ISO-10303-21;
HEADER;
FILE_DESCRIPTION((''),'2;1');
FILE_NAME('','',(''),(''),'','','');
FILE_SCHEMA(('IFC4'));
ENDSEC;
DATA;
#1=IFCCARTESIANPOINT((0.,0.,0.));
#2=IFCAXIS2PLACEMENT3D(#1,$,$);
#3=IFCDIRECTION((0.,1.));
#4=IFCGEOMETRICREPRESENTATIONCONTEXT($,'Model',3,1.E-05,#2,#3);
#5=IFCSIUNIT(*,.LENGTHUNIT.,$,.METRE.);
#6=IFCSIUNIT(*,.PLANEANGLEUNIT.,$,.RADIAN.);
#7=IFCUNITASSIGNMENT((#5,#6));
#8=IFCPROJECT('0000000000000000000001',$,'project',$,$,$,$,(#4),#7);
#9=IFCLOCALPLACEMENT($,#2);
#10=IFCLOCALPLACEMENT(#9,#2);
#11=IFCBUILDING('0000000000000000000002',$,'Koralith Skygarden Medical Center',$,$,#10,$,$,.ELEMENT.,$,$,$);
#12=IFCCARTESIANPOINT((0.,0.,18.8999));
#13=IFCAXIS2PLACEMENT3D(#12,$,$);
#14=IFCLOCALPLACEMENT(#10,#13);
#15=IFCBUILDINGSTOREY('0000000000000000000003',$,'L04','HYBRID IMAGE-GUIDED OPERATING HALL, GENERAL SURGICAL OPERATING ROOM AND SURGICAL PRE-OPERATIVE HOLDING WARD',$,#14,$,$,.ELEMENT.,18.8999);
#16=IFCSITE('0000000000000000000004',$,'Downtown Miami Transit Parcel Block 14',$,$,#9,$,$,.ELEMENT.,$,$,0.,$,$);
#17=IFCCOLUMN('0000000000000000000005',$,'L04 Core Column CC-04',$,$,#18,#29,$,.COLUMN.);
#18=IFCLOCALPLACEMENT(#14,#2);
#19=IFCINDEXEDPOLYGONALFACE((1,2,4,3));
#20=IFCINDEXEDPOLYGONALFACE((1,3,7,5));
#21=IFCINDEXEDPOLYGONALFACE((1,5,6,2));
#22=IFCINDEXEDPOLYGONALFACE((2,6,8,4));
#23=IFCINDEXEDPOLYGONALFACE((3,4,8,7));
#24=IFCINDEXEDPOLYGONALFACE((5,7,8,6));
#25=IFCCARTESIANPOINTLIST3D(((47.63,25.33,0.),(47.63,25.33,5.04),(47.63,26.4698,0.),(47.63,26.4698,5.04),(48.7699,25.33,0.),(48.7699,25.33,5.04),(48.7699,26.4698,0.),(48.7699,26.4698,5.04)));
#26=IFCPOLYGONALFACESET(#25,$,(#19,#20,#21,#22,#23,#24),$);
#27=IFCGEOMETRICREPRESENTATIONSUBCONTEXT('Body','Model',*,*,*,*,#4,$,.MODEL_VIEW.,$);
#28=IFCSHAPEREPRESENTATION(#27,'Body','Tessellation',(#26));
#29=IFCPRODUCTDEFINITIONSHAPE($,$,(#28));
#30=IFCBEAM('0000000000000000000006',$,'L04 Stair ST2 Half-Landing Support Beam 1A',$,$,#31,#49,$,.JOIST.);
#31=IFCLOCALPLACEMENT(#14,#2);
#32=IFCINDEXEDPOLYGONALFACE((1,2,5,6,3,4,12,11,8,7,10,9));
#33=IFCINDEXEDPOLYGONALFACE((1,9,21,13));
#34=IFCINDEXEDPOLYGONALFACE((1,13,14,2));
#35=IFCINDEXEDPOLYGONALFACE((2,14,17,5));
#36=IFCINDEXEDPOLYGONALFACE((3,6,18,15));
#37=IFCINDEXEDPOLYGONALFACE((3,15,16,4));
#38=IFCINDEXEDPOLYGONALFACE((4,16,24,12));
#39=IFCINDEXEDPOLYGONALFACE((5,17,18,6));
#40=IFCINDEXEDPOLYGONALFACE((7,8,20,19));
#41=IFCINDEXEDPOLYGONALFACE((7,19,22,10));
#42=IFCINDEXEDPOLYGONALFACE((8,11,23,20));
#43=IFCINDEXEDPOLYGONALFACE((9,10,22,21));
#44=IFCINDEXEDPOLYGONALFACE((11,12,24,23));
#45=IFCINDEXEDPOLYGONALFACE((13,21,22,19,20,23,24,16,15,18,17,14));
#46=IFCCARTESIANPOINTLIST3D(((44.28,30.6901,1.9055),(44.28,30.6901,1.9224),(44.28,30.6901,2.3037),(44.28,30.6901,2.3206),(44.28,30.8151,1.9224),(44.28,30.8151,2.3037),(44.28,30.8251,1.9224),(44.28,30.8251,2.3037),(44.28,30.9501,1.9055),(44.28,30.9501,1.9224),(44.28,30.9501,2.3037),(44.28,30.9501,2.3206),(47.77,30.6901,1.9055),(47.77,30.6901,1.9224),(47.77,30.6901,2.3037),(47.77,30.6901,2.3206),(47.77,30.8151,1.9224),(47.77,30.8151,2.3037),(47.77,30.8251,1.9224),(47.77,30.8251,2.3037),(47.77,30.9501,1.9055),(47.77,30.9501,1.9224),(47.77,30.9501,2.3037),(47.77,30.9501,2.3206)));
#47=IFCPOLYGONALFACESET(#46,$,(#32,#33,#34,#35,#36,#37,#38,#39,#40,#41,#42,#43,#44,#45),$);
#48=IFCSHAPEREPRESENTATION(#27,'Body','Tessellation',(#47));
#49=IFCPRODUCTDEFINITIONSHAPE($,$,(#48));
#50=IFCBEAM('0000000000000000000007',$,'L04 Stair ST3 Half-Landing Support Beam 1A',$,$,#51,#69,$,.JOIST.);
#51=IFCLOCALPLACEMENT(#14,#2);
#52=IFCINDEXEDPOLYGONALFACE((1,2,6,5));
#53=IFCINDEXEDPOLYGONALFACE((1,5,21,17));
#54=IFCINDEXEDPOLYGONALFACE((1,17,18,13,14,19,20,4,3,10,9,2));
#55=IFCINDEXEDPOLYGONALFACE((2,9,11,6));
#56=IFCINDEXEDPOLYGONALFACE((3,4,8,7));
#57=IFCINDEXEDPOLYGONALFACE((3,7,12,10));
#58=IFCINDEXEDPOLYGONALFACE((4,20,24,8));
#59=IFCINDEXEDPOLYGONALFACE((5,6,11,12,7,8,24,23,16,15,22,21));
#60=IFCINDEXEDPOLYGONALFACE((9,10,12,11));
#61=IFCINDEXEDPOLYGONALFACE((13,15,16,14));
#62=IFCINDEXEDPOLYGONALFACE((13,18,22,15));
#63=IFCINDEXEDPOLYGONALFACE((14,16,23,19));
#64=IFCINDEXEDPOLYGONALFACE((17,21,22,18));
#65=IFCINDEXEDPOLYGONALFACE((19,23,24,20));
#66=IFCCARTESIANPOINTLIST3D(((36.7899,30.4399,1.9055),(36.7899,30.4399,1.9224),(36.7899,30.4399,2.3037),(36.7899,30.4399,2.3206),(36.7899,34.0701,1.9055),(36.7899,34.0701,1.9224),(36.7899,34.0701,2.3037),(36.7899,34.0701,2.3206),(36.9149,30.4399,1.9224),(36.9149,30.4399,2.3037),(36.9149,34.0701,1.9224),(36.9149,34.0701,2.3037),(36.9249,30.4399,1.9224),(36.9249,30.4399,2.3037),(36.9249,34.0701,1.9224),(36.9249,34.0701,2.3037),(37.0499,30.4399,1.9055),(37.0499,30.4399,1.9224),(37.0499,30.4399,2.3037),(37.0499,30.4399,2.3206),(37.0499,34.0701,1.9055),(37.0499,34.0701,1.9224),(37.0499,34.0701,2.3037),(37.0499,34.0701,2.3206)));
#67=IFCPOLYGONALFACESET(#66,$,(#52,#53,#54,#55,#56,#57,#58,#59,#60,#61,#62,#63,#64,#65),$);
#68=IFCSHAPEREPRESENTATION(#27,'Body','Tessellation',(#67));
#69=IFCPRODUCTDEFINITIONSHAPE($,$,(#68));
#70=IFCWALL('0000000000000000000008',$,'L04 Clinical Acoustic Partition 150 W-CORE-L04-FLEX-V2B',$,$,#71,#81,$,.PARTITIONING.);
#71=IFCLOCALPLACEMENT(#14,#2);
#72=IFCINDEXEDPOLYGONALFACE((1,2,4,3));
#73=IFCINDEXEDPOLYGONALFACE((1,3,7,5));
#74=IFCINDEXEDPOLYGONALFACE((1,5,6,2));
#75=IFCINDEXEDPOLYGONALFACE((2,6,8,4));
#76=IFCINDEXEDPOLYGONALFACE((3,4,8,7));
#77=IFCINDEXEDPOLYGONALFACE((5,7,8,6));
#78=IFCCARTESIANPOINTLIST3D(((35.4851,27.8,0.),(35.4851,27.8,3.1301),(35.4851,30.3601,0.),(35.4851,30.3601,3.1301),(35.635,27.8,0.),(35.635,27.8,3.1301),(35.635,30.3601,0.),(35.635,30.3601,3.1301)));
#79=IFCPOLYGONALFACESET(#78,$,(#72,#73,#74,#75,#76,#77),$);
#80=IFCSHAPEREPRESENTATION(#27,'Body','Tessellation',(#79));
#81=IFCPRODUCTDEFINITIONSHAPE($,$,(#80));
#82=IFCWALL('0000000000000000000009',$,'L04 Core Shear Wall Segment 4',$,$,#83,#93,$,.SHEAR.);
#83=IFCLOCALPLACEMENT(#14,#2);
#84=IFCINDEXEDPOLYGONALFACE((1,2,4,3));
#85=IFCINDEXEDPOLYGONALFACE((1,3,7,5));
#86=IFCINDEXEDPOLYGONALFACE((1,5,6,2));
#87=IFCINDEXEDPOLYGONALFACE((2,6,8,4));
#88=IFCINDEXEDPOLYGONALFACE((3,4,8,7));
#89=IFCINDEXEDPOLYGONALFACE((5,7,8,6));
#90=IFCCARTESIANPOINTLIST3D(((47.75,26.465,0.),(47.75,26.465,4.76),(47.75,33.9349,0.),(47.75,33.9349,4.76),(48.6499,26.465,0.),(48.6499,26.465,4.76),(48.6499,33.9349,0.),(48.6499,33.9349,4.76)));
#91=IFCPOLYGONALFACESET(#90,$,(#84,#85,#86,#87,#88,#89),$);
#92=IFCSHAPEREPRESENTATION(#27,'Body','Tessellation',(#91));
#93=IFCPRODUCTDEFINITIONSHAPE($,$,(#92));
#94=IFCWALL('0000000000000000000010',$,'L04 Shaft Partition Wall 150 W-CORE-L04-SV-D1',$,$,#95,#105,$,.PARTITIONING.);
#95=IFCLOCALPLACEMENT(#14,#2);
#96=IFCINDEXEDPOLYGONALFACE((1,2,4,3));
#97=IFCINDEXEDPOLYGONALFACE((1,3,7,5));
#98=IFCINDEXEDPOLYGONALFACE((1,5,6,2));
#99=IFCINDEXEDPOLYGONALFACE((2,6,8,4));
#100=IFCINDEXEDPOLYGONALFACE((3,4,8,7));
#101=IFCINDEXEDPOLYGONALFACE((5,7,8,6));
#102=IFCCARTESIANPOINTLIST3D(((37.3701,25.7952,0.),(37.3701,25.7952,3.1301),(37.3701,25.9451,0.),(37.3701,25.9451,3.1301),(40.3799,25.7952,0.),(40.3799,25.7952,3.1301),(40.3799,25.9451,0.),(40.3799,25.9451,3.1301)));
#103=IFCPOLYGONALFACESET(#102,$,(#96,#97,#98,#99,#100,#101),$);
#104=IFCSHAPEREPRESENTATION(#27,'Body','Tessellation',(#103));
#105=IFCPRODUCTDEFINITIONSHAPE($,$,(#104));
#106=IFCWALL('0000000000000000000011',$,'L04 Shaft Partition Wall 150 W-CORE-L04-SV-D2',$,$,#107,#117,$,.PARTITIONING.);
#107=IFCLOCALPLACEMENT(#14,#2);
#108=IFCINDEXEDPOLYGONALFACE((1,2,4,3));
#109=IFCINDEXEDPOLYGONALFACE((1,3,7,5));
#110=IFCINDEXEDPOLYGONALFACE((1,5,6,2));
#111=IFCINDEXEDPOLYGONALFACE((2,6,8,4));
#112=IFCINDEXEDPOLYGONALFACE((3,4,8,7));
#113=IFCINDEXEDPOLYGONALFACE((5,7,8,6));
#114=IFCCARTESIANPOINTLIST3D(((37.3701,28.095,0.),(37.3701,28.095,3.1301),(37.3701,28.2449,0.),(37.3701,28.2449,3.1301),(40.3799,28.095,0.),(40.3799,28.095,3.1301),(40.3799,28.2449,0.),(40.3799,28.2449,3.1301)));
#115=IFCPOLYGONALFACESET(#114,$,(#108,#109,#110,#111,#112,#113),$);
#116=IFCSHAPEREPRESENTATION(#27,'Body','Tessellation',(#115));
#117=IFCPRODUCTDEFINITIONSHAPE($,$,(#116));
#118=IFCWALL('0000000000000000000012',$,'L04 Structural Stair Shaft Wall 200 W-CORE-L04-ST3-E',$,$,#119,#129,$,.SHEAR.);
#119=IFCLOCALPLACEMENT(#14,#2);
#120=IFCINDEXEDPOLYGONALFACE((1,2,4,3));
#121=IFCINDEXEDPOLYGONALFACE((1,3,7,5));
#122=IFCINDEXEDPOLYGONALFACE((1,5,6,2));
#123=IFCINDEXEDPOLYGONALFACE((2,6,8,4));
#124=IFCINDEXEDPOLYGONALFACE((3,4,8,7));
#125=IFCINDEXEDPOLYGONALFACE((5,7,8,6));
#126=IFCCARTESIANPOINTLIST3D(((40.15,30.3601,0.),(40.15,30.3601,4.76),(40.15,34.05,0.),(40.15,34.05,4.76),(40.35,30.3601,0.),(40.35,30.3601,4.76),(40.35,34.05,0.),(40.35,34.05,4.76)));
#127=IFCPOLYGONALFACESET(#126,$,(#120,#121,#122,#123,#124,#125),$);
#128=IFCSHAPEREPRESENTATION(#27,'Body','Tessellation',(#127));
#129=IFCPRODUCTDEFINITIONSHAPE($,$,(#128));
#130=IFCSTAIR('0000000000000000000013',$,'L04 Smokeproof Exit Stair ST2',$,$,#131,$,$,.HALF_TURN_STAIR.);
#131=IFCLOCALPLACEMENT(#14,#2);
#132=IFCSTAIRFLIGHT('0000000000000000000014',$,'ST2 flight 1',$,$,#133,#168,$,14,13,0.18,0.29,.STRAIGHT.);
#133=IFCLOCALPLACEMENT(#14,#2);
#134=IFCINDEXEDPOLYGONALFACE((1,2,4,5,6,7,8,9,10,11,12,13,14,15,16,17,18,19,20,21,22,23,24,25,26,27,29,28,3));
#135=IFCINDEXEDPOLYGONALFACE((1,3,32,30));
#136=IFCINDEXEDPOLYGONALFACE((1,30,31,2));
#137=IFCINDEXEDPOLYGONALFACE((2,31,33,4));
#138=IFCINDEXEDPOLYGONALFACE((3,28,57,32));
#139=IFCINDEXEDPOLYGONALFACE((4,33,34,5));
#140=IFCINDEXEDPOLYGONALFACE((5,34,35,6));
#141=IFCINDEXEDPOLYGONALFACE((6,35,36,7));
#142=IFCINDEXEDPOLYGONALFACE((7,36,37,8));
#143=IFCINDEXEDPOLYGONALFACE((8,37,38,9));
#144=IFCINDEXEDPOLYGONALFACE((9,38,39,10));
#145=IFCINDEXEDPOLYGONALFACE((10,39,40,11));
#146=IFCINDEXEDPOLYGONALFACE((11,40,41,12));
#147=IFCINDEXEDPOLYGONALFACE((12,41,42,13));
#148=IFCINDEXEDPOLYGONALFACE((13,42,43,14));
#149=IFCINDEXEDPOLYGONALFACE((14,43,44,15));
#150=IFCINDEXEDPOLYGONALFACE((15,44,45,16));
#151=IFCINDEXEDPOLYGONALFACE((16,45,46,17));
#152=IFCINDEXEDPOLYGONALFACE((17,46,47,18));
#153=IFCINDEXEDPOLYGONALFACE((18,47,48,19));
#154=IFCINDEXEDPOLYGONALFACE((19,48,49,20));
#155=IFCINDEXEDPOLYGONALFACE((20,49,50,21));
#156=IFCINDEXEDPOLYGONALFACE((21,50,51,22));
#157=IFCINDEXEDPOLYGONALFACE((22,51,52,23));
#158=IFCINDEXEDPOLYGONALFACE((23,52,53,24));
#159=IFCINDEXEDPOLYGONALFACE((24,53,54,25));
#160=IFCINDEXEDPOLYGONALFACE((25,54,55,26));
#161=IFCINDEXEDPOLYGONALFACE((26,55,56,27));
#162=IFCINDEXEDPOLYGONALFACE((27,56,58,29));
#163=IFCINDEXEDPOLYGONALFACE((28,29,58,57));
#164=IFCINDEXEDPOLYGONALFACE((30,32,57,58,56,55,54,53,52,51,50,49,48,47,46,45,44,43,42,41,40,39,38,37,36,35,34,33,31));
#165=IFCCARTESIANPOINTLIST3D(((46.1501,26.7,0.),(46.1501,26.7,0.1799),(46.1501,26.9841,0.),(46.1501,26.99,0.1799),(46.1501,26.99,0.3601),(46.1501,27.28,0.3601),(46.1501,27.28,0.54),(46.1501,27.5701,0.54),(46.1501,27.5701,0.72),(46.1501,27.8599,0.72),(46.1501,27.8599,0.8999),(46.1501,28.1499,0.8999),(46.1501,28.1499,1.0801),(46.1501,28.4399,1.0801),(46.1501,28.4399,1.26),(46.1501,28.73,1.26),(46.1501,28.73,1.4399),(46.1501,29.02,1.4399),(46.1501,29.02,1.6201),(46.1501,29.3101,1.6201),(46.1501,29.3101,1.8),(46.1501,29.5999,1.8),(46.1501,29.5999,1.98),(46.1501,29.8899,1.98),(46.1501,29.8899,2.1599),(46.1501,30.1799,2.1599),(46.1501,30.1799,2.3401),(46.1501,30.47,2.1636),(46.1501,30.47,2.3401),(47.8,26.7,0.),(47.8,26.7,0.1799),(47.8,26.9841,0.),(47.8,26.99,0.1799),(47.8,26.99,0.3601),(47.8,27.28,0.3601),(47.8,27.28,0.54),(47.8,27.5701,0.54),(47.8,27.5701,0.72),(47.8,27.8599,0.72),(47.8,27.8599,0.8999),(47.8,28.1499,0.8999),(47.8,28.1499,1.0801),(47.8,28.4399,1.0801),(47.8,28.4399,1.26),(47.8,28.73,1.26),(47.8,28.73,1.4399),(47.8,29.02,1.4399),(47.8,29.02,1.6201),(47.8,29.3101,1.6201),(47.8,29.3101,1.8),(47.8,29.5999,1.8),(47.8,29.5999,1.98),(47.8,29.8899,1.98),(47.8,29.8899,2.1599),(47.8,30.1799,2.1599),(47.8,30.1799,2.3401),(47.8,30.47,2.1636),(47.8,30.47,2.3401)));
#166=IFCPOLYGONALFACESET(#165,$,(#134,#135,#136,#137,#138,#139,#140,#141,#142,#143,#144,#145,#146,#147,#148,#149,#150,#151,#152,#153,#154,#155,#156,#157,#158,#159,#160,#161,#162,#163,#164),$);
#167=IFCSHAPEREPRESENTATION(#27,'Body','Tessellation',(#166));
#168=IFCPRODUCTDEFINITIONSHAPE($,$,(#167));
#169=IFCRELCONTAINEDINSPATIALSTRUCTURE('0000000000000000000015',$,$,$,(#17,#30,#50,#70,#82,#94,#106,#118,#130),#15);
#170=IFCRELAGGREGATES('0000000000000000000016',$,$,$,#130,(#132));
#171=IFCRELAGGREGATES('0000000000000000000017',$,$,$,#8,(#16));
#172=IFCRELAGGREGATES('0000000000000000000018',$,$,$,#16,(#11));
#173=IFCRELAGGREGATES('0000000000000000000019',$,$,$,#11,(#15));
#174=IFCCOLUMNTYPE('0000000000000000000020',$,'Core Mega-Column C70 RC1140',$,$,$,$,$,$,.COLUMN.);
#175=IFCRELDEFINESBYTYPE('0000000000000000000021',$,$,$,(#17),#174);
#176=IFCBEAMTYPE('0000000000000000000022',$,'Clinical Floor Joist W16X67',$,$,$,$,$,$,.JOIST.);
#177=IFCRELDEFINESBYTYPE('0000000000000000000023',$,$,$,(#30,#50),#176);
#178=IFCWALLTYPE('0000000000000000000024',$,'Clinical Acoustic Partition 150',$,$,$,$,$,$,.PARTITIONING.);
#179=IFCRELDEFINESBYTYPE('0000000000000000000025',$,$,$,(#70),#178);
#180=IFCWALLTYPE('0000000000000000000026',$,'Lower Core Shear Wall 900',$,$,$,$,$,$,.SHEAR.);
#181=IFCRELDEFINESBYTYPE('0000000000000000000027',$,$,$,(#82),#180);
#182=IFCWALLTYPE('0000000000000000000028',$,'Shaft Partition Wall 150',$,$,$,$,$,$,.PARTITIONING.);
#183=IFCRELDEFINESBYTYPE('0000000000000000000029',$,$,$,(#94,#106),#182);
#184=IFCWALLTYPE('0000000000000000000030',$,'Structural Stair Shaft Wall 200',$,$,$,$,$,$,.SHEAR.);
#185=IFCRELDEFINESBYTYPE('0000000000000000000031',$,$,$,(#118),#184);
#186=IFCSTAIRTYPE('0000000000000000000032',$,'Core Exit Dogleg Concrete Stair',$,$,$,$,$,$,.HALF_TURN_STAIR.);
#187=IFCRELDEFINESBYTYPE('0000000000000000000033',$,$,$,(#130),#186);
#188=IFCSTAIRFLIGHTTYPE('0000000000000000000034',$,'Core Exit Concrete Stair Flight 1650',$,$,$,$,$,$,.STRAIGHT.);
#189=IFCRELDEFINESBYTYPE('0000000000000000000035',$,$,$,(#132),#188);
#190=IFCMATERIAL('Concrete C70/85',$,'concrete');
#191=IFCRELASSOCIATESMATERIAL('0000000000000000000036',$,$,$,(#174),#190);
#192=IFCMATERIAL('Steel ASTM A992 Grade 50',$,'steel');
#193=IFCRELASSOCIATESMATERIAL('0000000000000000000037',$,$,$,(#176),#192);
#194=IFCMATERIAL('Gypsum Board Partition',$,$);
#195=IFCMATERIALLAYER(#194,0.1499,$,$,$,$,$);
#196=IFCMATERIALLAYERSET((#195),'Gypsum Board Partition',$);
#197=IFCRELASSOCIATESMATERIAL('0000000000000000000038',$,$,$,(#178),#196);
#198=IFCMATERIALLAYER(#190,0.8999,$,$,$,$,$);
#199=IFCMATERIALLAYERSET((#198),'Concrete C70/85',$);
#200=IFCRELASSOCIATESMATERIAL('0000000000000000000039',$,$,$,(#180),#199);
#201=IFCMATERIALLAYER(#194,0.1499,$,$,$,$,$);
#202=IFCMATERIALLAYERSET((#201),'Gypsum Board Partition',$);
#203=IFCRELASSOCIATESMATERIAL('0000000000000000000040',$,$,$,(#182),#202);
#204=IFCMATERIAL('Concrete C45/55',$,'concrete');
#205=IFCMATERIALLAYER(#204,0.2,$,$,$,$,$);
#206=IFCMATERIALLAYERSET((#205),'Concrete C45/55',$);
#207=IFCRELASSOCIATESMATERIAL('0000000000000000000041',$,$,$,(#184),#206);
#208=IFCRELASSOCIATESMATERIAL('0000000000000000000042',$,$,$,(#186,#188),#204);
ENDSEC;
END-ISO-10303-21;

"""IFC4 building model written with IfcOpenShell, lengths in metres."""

from ifc_helpers import new_model, si_unit, direction, frame, frame_2d, origin, origin_2d, place, context, subcontext, project, spatial, polyline, rectangle, i_section, outline, extrude, material, layer, layer_set, material_profile, profile_set, type_object, element, aggregate, save


model = new_model("IFC4")

# Units and contexts
model_context = context("Model", 3, precision=1e-05, world=origin(), true_north=direction((0.0, 1.0)))
body_context = subcontext(model_context, "Body", "Model", "MODEL_VIEW")
ifc_project = project(units=[si_unit("LENGTHUNIT", "METRE"), si_unit("PLANEANGLEUNIT", "RADIAN")], contexts=[model_context])

# Site, building, storey
site_placement = place(None, origin())
site = spatial("IfcSite", under=ifc_project, at=site_placement, Name="Downtown Miami Transit Parcel Block 14", CompositionType="ELEMENT", RefElevation=0.0)
building_placement = place(site_placement, origin())
building = spatial("IfcBuilding", under=site, at=building_placement, Name="Koralith Skygarden Medical Center", CompositionType="ELEMENT")
storey_placement = place(building_placement, frame((0.0, 0.0, 18.8999)))
storey = spatial("IfcBuildingStorey", under=building, at=storey_placement, Name="L04", Description="HYBRID IMAGE-GUIDED OPERATING HALL, GENERAL SURGICAL OPERATING ROOM AND SURGICAL PRE-OPERATIVE HOLDING WARD", CompositionType="ELEMENT", Elevation=18.8999)

# Column
ifc_material_1 = material(Name="Concrete C70/85", Category="concrete")
ifc_material_profile_1 = material_profile(ifc_material_1, rectangle(XDim=1.1399, YDim=1.1399, at=origin_2d()), Name="RC1140X1140")
ifc_profile_set_1 = profile_set([ifc_material_profile_1], Name="Concrete C70/85")
column_type = type_object("IfcColumnType", Name="Core Mega-Column C70 RC1140", PredefinedType="COLUMN", material=ifc_profile_set_1)
column_placement = place(storey_placement, frame((48.2, 25.8999, 0.0), z_axis=(0.0, 0.0, 1.0), x_axis=(1.0, 0.0, 0.0)))
element("IfcColumn", 1, at=column_placement, inside=storey, type_object=column_type, Name="L04 Core Column CC-04", PredefinedType="COLUMN", context=body_context, shape_type="SweptSolid", body=[
    extrude(rectangle(XDim=1.1399, YDim=1.1399, at=origin_2d()), origin(), (0.0, 0.0, 1.0), 5.04),
])

# Beams
ifc_material_2 = material(Name="Steel ASTM A992 Grade 50", Category="steel")
ifc_material_profile_2 = material_profile(ifc_material_2, i_section(OverallWidth=0.26, OverallDepth=0.415, WebThickness=0.01, FlangeThickness=0.0168, at=origin_2d()), Name="W16X67")
ifc_profile_set_2 = profile_set([ifc_material_profile_2], Name="Steel ASTM A992 Grade 50")
beam_type = type_object("IfcBeamType", Name="Clinical Floor Joist W16X67", PredefinedType="JOIST", material=ifc_profile_set_2)
beam_1_placement = place(storey_placement, frame((44.28, 30.8201, 2.113), z_axis=(1.0, 0.0, 0.0), x_axis=(0.0, 1.0, 0.0)))
element("IfcBeam", 2, at=beam_1_placement, inside=storey, type_object=beam_type, Name="L04 Stair ST2 Half-Landing Support Beam 1A", PredefinedType="JOIST", context=body_context, shape_type="SweptSolid", body=[
    extrude(i_section(OverallWidth=0.26, OverallDepth=0.415, WebThickness=0.01, FlangeThickness=0.0168, at=origin_2d()), origin(), (0.0, 0.0, 1.0), 3.49),
])
beam_2_placement = place(storey_placement, frame((36.9199, 30.4399, 2.113), z_axis=(0.0, 1.0, 0.0), x_axis=(-1.0, 0.0, 0.0)))
element("IfcBeam", 3, at=beam_2_placement, inside=storey, type_object=beam_type, Name="L04 Stair ST3 Half-Landing Support Beam 1A", PredefinedType="JOIST", context=body_context, shape_type="SweptSolid", body=[
    extrude(i_section(OverallWidth=0.26, OverallDepth=0.415, WebThickness=0.01, FlangeThickness=0.0168, at=origin_2d()), origin(), (0.0, 0.0, 1.0), 3.6301),
])

# Walls
ifc_material_3 = material(Name="Gypsum Board Partition")
ifc_layer_1 = layer(ifc_material_3, 0.1499)
ifc_layer_set_1 = layer_set([ifc_layer_1], Name="Gypsum Board Partition")
wall_type_1 = type_object("IfcWallType", Name="Clinical Acoustic Partition 150", PredefinedType="PARTITIONING", material=ifc_layer_set_1)
wall_1_placement = place(storey_placement, frame((35.5601, 27.8, 0.0), z_axis=(0.0, 0.0, 1.0), x_axis=(0.0, 1.0, 0.0)))
element("IfcWall", 4, at=wall_1_placement, inside=storey, type_object=wall_type_1, Name="L04 Clinical Acoustic Partition 150 W-CORE-L04-FLEX-V2B", PredefinedType="PARTITIONING", context=body_context, shape_type="SweptSolid", body=[
    extrude(rectangle(XDim=2.5601, YDim=0.1499, at=frame_2d((1.28, 0.0))), origin(), (0.0, 0.0, 1.0), 3.1301),
])
ifc_layer_2 = layer(ifc_material_1, 0.8999)
ifc_layer_set_2 = layer_set([ifc_layer_2], Name="Concrete C70/85")
wall_type_2 = type_object("IfcWallType", Name="Lower Core Shear Wall 900", PredefinedType="SHEAR", material=ifc_layer_set_2)
wall_2_placement = place(storey_placement, frame((48.2, 26.4651, 0.0), z_axis=(0.0, 0.0, 1.0), x_axis=(0.0, 1.0, 0.0)))
element("IfcWall", 5, at=wall_2_placement, inside=storey, type_object=wall_type_2, Name="L04 Core Shear Wall Segment 4", PredefinedType="SHEAR", context=body_context, shape_type="SweptSolid", body=[
    extrude(rectangle(XDim=7.47, YDim=0.8999, at=frame_2d((3.7349, 0.0))), origin(), (0.0, 0.0, 1.0), 4.76),
])
ifc_layer_3 = layer(ifc_material_3, 0.1499)
ifc_layer_set_3 = layer_set([ifc_layer_3], Name="Gypsum Board Partition")
wall_type_3 = type_object("IfcWallType", Name="Shaft Partition Wall 150", PredefinedType="PARTITIONING", material=ifc_layer_set_3)
for number, where, z_axis, x_axis, name in (
    (6, (37.3701, 25.8701, 0.0), (0.0, 0.0, 1.0), (1.0, 0.0, 0.0), "L04 Shaft Partition Wall 150 W-CORE-L04-SV-D1"),
    (7, (37.3701, 28.1699, 0.0), (0.0, 0.0, 1.0), (1.0, 0.0, 0.0), "L04 Shaft Partition Wall 150 W-CORE-L04-SV-D2"),
):
    element("IfcWall", number, at=place(storey_placement, frame(where, z_axis=z_axis, x_axis=x_axis)), inside=storey, type_object=wall_type_3, Name=name, PredefinedType="PARTITIONING", context=body_context, shape_type="SweptSolid", body=[
        extrude(rectangle(XDim=3.0098, YDim=0.1499, at=frame_2d((1.5049, 0.0))), origin(), (0.0, 0.0, 1.0), 3.1301),
    ])
ifc_material_4 = material(Name="Concrete C45/55", Category="concrete")
ifc_layer_4 = layer(ifc_material_4, 0.2)
ifc_layer_set_4 = layer_set([ifc_layer_4], Name="Concrete C45/55")
wall_type_4 = type_object("IfcWallType", Name="Structural Stair Shaft Wall 200", PredefinedType="SHEAR", material=ifc_layer_set_4)
wall_3_placement = place(storey_placement, frame((40.25, 30.3601, 0.0), z_axis=(0.0, 0.0, 1.0), x_axis=(0.0, 1.0, 0.0)))
element("IfcWall", 8, at=wall_3_placement, inside=storey, type_object=wall_type_4, Name="L04 Structural Stair Shaft Wall 200 W-CORE-L04-ST3-E", PredefinedType="SHEAR", context=body_context, shape_type="SweptSolid", body=[
    extrude(rectangle(XDim=3.6899, YDim=0.2, at=frame_2d((1.845, 0.0))), origin(), (0.0, 0.0, 1.0), 4.76),
])

# Stair, stair flight
stair_type = type_object("IfcStairType", Name="Core Exit Dogleg Concrete Stair", PredefinedType="HALF_TURN_STAIR", material=ifc_material_4)
stair_placement = place(storey_placement, origin())
stair = element("IfcStair", 9, at=stair_placement, inside=storey, type_object=stair_type, Name="L04 Smokeproof Exit Stair ST2", PredefinedType="HALF_TURN_STAIR")
stair_flight_type = type_object("IfcStairFlightType", Name="Core Exit Concrete Stair Flight 1650", PredefinedType="STRAIGHT", material=ifc_material_4)
stair_flight_1_placement = place(storey_placement, frame((46.9751, 26.7, 0.0), z_axis=(0.0, 0.0, 1.0), x_axis=(0.0, 1.0, 0.0)))
stair_flight_1 = element("IfcStairFlight", 10, at=stair_flight_1_placement, type_object=stair_flight_type, Name="ST2 flight 1", NumberOfRisers=14, NumberOfTreads=13, PredefinedType="STRAIGHT", RiserHeight=0.18, TreadLength=0.29, context=body_context, shape_type="SweptSolid", body=[
    extrude(outline(polyline([(0.0, 0.0), (0.0, 0.1799), (0.29, 0.1799), (0.29, 0.3601), (0.5801, 0.3601), (0.5801, 0.54), (0.8701, 0.54), (0.8701, 0.72), (1.1599, 0.72), (1.1599, 0.8999), (1.45, 0.8999), (1.45, 1.0801), (1.74, 1.0801), (1.74, 1.26), (2.03, 1.26), (2.03, 1.4399), (2.3201, 1.4399), (2.3201, 1.6201), (2.6101, 1.6201), (2.6101, 1.8), (2.8999, 1.8), (2.8999, 1.98), (3.1899, 1.98), (3.1899, 2.1599), (3.48, 2.1599), (3.48, 2.3401), (3.77, 2.3401), (3.77, 2.52), (3.77, 2.1636), (0.2842, 0.0), (0.0, 0.0)])), frame((0.0, 0.825, 0.0), z_axis=(0.0, -1.0, 0.0), x_axis=(1.0, 0.0, 0.0)), (0.0, 0.0, 1.0), 1.6499),
])
aggregate(stair, [stair_flight_1])

save(model, "model.ifc")
